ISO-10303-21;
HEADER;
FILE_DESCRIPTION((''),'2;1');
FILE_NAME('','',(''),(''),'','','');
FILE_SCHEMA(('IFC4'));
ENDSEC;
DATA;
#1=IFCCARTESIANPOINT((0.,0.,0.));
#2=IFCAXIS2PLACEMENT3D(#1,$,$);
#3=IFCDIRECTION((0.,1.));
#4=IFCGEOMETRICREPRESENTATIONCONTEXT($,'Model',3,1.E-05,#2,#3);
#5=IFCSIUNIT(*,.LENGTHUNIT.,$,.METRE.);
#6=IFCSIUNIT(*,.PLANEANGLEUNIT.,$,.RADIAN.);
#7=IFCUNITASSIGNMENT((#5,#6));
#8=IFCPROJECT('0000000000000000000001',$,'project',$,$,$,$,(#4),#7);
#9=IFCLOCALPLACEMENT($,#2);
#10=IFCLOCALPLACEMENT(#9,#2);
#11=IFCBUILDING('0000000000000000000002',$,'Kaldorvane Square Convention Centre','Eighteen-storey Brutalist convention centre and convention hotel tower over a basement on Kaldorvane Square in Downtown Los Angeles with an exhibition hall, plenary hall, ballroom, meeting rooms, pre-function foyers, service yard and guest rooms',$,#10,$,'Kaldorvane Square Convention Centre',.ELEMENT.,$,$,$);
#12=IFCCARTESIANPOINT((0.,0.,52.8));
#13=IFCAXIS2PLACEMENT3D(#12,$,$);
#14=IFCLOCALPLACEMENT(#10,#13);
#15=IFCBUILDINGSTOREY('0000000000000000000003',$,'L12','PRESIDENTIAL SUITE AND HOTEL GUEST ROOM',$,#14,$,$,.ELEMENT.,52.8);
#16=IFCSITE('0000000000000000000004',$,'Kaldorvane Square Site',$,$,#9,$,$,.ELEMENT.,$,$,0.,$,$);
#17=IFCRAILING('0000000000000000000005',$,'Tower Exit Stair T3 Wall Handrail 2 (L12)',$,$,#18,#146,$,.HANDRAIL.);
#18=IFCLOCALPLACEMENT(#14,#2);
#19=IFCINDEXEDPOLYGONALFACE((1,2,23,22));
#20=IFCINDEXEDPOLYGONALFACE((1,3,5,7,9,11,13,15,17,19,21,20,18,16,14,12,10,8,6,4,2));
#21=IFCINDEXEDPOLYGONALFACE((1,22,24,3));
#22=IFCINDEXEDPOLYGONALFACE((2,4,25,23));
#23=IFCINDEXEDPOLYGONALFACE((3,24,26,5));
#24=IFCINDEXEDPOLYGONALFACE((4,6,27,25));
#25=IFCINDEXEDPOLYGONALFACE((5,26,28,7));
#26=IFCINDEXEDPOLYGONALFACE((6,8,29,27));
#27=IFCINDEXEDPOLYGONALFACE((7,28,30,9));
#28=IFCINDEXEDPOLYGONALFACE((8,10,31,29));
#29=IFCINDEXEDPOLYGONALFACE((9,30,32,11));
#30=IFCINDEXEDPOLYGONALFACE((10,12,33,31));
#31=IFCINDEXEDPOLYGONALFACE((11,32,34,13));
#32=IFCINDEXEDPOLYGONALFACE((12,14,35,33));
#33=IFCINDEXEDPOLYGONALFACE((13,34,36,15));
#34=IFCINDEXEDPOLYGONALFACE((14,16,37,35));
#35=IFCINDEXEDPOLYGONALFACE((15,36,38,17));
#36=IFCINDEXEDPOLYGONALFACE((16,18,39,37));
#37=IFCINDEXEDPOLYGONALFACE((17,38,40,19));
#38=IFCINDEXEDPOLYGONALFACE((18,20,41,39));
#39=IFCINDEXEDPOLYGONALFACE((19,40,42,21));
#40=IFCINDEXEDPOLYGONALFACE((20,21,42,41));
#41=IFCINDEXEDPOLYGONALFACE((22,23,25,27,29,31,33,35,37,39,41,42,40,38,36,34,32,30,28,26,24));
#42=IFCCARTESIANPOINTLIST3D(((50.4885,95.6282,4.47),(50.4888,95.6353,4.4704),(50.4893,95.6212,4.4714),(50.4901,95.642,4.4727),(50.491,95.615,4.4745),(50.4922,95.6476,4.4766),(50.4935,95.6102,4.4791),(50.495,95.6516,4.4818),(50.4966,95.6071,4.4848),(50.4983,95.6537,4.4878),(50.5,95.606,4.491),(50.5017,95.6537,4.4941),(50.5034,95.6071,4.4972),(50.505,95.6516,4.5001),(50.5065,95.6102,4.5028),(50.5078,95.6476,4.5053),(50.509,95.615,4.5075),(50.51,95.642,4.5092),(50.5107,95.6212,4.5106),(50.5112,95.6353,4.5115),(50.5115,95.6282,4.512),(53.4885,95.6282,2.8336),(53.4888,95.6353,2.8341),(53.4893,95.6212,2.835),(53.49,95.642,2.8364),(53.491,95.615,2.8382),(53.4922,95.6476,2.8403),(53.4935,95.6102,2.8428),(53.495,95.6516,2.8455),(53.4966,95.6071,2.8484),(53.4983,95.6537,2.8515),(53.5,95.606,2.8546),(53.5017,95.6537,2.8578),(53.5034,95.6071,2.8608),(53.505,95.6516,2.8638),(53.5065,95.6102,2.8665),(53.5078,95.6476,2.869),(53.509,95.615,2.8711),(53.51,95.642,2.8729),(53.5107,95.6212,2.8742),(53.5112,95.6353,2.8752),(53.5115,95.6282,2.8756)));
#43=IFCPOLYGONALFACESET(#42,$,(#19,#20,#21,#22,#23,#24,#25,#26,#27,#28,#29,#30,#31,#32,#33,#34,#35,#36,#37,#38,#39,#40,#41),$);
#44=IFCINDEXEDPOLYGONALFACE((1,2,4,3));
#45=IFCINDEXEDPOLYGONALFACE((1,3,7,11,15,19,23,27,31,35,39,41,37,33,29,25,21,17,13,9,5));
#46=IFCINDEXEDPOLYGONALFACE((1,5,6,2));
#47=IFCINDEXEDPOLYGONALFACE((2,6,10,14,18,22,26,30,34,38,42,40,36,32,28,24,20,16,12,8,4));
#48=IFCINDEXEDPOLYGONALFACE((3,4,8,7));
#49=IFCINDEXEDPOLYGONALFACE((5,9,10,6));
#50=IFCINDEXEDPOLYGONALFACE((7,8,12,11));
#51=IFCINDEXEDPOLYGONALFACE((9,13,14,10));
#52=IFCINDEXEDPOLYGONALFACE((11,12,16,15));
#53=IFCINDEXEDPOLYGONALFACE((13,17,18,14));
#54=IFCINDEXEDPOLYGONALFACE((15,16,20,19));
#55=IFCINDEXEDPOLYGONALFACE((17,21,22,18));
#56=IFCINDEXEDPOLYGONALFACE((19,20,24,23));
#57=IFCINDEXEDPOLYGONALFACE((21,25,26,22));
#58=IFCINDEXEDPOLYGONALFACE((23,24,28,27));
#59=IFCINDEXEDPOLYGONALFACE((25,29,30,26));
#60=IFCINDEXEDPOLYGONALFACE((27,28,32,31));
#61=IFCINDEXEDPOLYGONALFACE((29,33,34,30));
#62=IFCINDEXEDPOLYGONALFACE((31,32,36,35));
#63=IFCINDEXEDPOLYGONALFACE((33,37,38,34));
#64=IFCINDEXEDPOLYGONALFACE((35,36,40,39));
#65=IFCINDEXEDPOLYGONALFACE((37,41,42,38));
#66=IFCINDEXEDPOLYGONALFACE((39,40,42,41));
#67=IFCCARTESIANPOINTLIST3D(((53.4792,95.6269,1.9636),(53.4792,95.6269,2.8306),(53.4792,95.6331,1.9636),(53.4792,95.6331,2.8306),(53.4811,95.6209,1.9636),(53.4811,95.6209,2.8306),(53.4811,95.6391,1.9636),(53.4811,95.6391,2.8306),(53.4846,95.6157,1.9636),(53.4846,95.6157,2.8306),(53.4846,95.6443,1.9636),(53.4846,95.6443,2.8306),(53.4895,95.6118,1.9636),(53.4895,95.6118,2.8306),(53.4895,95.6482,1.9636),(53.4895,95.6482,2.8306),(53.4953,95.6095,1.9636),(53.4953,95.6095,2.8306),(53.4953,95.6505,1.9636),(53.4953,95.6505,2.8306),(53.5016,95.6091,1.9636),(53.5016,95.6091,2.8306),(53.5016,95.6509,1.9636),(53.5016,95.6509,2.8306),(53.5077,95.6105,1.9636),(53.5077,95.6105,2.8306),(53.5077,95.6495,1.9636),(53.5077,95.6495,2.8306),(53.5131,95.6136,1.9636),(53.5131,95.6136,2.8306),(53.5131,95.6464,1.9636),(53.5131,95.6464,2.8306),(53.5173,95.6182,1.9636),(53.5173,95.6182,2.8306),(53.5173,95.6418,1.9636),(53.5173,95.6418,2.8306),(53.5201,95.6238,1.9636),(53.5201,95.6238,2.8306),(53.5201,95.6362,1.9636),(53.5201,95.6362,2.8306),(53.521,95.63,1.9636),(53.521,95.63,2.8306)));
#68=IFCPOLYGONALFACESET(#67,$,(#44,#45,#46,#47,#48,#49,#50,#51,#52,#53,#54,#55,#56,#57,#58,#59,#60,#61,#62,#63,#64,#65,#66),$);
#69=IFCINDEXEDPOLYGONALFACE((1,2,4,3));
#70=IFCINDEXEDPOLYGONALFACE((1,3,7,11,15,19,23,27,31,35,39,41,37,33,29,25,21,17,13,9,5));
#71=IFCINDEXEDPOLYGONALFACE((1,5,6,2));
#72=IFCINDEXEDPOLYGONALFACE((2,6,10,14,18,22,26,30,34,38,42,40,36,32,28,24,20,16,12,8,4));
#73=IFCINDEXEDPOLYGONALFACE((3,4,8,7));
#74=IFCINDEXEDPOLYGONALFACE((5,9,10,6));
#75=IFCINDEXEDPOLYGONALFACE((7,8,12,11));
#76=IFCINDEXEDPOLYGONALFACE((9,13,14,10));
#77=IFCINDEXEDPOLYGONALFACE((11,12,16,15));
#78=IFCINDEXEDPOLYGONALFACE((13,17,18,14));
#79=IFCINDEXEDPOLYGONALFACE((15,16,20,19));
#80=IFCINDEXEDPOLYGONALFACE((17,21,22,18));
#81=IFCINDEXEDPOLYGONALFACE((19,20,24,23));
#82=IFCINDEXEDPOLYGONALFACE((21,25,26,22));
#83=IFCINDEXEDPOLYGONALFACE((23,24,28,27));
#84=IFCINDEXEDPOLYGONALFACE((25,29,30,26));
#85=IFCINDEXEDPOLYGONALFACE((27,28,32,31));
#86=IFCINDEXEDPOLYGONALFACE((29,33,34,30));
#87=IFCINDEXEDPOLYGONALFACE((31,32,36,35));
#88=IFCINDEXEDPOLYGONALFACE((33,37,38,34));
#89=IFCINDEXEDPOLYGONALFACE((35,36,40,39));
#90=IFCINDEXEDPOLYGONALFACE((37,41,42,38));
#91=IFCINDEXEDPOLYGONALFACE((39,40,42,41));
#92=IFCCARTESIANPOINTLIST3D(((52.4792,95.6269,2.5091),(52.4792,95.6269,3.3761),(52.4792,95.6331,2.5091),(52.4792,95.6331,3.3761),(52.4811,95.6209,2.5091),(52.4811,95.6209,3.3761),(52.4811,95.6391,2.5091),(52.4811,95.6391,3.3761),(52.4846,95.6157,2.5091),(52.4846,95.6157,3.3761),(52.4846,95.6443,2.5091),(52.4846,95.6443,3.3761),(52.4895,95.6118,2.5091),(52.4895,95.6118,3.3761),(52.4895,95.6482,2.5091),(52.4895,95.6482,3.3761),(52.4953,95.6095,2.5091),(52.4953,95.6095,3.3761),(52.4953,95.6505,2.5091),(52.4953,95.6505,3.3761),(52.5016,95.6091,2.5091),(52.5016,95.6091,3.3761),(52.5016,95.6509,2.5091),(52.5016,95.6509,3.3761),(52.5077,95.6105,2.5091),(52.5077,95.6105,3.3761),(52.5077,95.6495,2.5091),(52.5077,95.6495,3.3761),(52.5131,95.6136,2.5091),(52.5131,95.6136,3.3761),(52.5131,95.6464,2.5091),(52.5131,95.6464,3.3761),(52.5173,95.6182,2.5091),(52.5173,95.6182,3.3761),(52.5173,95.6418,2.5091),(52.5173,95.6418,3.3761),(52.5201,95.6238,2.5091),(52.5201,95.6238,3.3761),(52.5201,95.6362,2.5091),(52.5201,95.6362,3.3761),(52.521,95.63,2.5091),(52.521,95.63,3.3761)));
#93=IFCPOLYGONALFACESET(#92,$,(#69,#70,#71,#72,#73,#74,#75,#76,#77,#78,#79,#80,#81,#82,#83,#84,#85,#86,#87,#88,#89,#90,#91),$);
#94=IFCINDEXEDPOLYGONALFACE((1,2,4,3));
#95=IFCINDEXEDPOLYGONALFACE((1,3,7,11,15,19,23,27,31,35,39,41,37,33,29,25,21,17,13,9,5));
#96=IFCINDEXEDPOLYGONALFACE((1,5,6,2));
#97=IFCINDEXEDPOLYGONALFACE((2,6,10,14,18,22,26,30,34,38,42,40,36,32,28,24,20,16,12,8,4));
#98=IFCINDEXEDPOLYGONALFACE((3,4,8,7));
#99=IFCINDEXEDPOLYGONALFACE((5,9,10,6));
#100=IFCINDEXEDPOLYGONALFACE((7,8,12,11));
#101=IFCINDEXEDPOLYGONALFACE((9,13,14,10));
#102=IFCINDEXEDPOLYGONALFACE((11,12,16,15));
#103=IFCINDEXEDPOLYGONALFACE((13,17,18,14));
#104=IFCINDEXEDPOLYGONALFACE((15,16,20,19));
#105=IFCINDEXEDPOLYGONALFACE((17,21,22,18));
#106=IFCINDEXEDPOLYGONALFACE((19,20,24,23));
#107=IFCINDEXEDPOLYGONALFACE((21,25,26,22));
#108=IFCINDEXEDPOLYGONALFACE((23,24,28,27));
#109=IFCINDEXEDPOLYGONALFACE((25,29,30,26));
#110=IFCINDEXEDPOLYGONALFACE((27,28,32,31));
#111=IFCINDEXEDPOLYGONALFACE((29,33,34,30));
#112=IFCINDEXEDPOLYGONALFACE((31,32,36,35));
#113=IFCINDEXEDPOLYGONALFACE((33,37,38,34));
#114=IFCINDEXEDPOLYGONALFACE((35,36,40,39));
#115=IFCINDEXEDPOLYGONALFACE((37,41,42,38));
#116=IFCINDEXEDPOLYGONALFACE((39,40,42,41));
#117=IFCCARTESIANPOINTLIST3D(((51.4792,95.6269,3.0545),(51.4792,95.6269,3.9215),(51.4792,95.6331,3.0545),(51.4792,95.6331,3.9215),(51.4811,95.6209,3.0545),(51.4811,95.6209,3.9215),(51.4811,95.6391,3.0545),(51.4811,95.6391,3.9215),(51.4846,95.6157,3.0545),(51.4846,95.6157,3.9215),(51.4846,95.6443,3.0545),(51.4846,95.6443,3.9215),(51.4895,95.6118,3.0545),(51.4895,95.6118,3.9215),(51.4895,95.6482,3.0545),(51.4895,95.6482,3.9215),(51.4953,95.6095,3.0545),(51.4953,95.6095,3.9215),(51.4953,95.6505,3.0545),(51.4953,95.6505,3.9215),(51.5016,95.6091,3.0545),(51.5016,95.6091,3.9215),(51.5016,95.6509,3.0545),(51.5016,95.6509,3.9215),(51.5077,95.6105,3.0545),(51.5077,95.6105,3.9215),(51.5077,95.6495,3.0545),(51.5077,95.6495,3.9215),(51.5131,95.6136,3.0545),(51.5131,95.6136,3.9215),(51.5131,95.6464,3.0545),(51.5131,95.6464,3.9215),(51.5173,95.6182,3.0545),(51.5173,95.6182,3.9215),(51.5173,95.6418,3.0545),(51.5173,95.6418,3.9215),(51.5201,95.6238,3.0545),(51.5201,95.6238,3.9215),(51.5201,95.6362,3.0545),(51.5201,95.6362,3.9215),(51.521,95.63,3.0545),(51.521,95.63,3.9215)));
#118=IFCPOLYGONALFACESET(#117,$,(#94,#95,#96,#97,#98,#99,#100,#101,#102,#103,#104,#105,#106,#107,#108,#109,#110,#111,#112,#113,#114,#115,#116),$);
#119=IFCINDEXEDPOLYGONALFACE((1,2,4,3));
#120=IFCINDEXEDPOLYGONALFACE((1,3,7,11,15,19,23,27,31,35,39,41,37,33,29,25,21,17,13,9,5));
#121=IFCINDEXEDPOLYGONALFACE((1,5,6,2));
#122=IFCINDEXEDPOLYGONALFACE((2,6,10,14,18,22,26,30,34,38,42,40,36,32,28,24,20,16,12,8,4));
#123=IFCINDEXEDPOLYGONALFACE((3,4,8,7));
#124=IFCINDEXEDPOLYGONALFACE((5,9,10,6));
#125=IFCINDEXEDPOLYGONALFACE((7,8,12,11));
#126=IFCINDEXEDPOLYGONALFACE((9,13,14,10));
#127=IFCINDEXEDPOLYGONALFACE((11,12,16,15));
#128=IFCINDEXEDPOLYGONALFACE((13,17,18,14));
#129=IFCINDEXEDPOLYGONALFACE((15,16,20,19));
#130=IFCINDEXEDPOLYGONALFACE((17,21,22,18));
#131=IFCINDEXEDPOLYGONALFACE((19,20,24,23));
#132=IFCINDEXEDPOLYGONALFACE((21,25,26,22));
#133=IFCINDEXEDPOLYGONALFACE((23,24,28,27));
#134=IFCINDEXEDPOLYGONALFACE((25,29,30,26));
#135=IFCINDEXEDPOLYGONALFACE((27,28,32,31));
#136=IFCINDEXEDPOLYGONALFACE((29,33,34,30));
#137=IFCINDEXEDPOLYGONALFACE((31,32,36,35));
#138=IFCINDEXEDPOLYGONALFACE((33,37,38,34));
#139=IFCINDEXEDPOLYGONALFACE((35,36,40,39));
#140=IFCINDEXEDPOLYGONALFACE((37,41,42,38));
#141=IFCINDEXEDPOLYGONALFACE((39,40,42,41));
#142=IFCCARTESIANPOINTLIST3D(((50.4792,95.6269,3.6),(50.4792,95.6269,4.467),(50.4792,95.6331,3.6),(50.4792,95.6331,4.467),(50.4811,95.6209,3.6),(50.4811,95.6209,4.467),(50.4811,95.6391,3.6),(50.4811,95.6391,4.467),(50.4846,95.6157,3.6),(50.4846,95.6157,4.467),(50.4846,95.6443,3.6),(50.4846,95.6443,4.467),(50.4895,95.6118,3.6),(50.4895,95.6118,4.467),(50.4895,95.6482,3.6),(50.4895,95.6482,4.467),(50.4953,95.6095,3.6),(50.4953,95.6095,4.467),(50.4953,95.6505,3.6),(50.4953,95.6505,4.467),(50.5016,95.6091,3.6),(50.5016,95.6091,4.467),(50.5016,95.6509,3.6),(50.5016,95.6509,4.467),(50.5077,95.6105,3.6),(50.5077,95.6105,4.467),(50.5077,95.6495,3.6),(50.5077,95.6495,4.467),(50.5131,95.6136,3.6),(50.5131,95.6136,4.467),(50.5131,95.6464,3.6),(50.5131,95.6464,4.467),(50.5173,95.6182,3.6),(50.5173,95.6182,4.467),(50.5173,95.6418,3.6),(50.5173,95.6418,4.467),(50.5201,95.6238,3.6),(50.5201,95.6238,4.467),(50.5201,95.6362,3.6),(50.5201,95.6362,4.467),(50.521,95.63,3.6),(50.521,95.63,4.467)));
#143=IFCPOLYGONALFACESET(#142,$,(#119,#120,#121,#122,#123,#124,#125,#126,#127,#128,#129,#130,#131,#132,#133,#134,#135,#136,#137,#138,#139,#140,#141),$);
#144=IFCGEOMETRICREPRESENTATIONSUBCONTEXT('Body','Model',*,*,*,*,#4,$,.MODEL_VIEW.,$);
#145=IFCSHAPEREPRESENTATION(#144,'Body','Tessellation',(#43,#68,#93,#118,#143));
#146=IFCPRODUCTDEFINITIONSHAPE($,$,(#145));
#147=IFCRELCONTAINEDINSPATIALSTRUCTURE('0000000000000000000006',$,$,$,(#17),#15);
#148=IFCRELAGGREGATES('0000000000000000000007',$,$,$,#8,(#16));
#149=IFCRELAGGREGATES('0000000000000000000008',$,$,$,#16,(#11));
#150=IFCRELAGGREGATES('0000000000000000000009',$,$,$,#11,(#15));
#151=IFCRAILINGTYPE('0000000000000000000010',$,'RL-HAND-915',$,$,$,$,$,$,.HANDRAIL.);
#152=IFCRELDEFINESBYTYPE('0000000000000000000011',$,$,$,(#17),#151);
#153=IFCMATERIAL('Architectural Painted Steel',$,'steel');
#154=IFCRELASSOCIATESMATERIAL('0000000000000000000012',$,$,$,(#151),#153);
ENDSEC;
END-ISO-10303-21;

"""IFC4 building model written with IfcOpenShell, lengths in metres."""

from ifc_helpers import new_model, si_unit, direction, frame, origin, origin_2d, place, context, subcontext, project, spatial, circle, extrude, material, type_object, element, save


model = new_model("IFC4")

# Units and contexts
model_context = context("Model", 3, precision=1e-05, world=origin(), true_north=direction((0.0, 1.0)))
body_context = subcontext(model_context, "Body", "Model", "MODEL_VIEW")
ifc_project = project(units=[si_unit("LENGTHUNIT", "METRE"), si_unit("PLANEANGLEUNIT", "RADIAN")], contexts=[model_context])

# Site, building, storey
site_placement = place(None, origin())
site = spatial("IfcSite", under=ifc_project, at=site_placement, Name="Kaldorvane Square Site", CompositionType="ELEMENT", RefElevation=0.0)
building_placement = place(site_placement, origin())
building = spatial("IfcBuilding", under=site, at=building_placement, Name="Kaldorvane Square Convention Centre", Description="Eighteen-storey Brutalist convention centre and convention hotel tower over a basement on Kaldorvane Square in Downtown Los Angeles with an exhibition hall, plenary hall, ballroom, meeting rooms, pre-function foyers, service yard and guest rooms", LongName="Kaldorvane Square Convention Centre", CompositionType="ELEMENT")
storey_placement = place(building_placement, frame((0.0, 0.0, 52.8)))
storey = spatial("IfcBuildingStorey", under=building, at=storey_placement, Name="L12", Description="PRESIDENTIAL SUITE AND HOTEL GUEST ROOM", CompositionType="ELEMENT", Elevation=52.8)

# Railing
ifc_material_1 = material(Name="Architectural Painted Steel", Category="steel")
railing_type_1 = type_object("IfcRailingType", Name="RL-HAND-915", PredefinedType="HANDRAIL", material=ifc_material_1)
railing_1_placement = place(storey_placement, frame((53.5, 95.63, 1.9636)))
element("IfcRailing", 1, at=railing_1_placement, inside=storey, type_object=railing_type_1, Name="Tower Exit Stair T3 Wall Handrail 2 (L12)", PredefinedType="HANDRAIL", context=body_context, shape_type="SweptSolid", body=[
    extrude(circle(Radius=0.024, at=origin_2d()), frame((0.0, 0.0, 0.891), z_axis=(-0.877897, 0.0, 0.47885), x_axis=(0.0, -1.0, 0.0)), (0.0, 0.0, 1.0), 3.4173),
    extrude(circle(Radius=0.021, at=origin_2d()), origin(), (0.0, 0.0, 1.0), 0.867),
    extrude(circle(Radius=0.021, at=origin_2d()), frame((-1.0, 0.0, 0.5455)), (0.0, 0.0, 1.0), 0.867),
    extrude(circle(Radius=0.021, at=origin_2d()), frame((-2.0, 0.0, 1.0909)), (0.0, 0.0, 1.0), 0.867),
    extrude(circle(Radius=0.021, at=origin_2d()), frame((-3.0, 0.0, 1.6364)), (0.0, 0.0, 1.0), 0.867),
])

save(model, "model.ifc")
